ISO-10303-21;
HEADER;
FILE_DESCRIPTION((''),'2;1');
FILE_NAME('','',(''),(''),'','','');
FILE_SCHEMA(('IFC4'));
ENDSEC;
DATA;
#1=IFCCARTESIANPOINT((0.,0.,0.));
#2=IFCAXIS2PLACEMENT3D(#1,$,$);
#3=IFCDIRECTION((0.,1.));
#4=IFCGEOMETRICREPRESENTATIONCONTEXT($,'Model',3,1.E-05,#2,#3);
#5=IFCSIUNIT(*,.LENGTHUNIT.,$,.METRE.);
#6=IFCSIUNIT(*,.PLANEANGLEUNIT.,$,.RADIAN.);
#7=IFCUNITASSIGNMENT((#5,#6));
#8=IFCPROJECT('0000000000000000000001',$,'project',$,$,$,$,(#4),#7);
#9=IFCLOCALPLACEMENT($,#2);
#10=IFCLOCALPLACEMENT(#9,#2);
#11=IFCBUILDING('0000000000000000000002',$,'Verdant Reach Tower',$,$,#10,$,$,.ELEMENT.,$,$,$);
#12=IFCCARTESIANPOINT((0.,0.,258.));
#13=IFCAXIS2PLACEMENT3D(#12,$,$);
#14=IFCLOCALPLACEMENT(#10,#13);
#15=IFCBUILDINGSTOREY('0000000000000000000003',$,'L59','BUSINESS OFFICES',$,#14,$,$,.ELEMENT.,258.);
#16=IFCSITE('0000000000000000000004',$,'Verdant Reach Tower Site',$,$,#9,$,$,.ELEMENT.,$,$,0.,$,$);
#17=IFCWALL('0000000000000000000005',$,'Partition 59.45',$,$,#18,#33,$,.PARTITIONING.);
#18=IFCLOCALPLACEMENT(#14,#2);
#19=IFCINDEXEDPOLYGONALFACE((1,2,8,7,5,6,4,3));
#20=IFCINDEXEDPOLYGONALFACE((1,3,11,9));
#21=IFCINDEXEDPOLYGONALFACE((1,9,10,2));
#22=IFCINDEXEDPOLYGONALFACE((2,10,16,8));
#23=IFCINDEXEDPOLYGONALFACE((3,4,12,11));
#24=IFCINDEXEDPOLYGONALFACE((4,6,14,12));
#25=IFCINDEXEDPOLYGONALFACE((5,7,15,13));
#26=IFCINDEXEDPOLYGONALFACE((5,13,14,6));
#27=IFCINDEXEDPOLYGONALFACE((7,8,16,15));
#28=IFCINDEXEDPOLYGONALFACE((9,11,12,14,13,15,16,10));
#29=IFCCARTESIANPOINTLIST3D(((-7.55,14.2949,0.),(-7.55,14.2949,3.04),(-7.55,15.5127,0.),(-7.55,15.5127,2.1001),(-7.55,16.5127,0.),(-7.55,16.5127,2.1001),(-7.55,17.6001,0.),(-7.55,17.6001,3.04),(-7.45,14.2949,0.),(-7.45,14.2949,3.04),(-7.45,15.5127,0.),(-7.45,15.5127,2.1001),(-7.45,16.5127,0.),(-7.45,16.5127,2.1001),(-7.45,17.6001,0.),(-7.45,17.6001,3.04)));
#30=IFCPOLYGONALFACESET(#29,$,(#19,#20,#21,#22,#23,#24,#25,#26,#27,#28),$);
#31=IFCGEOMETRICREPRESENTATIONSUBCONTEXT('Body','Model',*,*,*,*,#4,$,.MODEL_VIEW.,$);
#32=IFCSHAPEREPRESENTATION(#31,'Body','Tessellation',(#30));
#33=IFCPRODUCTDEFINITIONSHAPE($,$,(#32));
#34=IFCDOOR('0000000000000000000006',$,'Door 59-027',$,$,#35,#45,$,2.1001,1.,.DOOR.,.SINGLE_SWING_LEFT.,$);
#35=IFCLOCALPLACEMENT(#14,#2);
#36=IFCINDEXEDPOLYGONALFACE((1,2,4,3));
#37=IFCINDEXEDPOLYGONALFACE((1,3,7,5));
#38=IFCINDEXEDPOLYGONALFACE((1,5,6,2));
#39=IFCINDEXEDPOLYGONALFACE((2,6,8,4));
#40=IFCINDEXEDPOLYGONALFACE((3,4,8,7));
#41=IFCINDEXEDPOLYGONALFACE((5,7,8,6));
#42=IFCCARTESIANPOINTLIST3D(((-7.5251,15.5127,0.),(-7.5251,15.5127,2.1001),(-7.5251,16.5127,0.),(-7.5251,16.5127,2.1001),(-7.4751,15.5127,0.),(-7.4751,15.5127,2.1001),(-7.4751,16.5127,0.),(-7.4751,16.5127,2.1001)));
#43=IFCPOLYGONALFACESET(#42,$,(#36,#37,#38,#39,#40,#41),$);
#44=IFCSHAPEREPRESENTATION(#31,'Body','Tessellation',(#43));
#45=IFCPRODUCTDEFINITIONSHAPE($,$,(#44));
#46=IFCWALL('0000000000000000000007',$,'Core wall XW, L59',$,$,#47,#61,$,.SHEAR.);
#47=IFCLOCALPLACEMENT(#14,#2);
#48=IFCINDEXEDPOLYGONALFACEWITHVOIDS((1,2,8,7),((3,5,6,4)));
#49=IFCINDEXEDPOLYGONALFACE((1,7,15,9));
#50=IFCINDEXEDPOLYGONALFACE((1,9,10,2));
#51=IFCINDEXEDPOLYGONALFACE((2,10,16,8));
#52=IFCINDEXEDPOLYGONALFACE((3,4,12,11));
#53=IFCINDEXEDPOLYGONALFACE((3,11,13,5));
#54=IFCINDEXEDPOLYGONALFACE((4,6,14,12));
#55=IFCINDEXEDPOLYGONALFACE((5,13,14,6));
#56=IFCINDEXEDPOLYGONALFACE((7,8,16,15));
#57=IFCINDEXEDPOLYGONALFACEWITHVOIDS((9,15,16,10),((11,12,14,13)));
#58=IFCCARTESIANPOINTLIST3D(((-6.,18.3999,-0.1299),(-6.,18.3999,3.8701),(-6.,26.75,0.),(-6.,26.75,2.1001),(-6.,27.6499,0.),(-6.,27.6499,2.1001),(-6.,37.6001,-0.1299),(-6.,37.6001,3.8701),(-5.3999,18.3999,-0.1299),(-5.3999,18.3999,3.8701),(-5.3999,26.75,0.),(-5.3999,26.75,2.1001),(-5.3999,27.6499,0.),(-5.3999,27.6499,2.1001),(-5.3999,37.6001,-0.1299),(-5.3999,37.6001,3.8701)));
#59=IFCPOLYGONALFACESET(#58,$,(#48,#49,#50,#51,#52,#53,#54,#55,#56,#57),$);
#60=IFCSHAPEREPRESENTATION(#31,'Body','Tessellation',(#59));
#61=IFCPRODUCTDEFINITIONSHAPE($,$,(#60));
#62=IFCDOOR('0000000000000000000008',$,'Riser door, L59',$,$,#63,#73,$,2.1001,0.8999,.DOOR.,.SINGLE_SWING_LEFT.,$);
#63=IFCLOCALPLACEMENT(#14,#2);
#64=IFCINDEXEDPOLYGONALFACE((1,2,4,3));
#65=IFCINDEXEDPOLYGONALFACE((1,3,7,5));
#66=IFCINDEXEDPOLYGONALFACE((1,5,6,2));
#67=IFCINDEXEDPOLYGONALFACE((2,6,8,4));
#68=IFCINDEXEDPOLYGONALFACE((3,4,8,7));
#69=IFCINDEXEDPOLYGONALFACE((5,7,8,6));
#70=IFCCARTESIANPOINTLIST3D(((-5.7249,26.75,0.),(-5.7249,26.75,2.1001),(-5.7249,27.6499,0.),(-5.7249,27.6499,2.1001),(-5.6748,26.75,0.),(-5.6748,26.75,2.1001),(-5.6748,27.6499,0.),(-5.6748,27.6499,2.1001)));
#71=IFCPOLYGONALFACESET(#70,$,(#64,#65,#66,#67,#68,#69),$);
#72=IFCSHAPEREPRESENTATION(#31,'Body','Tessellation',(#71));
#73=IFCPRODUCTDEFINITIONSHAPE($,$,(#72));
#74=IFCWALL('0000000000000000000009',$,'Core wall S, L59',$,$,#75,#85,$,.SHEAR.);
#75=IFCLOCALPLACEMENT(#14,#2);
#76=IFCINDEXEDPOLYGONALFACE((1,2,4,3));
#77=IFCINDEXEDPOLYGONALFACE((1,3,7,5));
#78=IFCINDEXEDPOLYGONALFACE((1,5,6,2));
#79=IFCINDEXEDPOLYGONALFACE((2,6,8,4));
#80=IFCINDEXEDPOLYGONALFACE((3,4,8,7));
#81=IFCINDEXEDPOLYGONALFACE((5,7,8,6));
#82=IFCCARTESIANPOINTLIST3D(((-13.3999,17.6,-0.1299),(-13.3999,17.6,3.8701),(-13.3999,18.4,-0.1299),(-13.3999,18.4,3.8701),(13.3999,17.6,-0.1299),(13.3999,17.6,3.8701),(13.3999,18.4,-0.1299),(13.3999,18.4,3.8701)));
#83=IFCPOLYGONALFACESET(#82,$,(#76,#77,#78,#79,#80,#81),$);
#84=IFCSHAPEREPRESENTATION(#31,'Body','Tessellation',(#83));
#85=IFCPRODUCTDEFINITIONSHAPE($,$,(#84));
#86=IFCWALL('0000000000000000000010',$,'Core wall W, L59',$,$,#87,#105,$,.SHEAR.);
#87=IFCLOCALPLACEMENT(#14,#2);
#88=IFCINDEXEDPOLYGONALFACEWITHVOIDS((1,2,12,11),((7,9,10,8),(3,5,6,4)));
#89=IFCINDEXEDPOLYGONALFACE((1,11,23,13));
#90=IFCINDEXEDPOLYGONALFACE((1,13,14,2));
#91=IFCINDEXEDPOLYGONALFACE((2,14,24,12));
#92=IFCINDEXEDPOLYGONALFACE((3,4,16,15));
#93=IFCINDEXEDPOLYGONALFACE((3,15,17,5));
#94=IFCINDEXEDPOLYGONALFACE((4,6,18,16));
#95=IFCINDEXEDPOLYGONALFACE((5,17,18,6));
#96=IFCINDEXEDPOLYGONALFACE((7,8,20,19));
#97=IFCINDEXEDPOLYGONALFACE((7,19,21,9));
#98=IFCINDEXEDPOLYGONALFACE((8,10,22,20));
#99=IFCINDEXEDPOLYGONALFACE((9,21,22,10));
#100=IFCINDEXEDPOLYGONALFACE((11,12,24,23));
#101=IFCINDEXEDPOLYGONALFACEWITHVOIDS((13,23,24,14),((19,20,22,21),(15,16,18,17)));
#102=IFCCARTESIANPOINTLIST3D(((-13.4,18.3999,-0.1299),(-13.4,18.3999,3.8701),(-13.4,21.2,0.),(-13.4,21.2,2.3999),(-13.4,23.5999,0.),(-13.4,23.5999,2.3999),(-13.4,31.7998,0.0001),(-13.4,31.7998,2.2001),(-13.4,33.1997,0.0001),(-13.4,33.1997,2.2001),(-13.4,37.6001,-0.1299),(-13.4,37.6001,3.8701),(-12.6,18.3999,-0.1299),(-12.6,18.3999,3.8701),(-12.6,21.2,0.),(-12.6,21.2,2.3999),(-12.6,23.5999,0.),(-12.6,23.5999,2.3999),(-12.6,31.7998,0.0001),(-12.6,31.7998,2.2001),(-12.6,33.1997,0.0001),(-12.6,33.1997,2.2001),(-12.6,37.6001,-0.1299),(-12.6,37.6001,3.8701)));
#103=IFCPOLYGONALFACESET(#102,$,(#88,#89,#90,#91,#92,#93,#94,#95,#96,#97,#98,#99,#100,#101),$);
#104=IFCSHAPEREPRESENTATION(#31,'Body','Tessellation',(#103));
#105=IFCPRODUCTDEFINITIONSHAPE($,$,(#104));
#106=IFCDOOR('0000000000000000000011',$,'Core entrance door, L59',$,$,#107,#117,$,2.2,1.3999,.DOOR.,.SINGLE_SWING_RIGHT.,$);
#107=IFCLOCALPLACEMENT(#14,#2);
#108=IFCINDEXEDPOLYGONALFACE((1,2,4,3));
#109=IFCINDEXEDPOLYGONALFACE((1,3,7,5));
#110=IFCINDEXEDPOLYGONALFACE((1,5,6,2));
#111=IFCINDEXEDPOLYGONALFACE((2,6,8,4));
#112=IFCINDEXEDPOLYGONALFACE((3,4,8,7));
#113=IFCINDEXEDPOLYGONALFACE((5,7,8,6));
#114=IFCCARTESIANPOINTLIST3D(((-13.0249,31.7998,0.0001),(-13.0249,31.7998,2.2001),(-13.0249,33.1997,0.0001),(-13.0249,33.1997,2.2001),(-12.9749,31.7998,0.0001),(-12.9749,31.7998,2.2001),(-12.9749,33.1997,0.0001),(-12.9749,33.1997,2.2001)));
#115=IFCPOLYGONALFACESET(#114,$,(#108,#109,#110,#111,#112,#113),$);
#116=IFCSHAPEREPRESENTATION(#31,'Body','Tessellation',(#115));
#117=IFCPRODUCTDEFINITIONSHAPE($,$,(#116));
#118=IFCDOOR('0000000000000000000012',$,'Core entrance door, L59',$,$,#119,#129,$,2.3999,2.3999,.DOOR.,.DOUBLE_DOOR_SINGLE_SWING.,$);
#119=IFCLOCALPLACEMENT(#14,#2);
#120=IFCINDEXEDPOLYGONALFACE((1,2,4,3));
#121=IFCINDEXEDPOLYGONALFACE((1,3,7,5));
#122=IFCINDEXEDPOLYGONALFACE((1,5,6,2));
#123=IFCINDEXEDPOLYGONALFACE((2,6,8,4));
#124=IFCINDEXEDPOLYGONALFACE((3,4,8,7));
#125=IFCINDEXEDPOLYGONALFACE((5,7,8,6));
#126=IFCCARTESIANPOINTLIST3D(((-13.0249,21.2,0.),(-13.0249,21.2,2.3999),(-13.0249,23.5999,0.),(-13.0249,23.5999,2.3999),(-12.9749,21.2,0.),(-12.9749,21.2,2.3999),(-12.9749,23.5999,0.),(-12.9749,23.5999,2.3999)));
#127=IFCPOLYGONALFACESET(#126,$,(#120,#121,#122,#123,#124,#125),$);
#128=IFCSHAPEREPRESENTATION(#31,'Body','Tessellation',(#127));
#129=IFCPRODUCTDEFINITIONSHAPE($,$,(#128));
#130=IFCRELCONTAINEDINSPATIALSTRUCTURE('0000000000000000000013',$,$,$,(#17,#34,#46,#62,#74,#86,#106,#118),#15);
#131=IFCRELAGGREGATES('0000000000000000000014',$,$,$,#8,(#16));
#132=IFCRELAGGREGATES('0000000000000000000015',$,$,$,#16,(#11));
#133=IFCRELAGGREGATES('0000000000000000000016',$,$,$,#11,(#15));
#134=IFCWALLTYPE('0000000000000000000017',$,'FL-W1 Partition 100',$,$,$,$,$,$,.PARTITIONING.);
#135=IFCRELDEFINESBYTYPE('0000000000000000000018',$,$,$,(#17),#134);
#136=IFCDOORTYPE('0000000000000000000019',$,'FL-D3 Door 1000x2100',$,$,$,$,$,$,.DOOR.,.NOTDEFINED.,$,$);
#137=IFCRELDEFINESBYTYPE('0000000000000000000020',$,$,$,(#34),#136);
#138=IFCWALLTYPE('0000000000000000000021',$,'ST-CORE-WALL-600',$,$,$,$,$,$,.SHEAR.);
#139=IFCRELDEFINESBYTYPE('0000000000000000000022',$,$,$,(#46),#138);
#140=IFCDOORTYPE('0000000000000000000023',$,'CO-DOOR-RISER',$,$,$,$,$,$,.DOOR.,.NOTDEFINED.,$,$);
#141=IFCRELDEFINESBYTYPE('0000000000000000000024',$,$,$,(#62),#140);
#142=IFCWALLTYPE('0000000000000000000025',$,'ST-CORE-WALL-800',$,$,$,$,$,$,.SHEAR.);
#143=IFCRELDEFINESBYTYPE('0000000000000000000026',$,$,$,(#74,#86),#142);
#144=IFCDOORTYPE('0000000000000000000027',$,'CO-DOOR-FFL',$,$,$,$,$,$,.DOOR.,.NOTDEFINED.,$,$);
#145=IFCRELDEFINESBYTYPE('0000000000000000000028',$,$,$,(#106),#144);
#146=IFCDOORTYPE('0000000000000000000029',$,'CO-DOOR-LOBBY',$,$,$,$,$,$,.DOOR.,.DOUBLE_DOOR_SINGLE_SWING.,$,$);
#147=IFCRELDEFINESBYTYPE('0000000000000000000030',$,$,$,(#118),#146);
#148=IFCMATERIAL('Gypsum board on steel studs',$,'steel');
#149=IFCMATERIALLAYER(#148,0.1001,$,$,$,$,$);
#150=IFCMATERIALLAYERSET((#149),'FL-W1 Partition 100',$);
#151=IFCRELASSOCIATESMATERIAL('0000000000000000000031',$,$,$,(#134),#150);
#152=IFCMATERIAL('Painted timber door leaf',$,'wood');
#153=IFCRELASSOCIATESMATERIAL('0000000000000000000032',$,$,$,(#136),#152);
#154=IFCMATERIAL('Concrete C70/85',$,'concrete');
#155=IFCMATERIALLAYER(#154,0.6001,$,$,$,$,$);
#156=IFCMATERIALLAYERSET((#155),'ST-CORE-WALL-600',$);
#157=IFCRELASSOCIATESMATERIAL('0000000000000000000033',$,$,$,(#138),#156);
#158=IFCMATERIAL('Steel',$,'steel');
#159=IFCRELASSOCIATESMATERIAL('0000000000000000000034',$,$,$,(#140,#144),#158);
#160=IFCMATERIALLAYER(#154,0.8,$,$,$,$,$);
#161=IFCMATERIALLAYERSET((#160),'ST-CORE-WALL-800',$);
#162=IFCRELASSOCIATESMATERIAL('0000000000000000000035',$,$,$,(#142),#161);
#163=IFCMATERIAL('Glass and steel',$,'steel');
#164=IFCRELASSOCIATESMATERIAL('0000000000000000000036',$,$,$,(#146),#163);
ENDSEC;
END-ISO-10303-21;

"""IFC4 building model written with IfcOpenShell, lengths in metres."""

from ifc_helpers import new_model, si_unit, direction, frame, frame_2d, origin, place, context, subcontext, project, spatial, rectangle, extrude, material, layer, layer_set, type_object, element, fill, save


model = new_model("IFC4")

# Units and contexts
model_context = context("Model", 3, precision=1e-05, world=origin(), true_north=direction((0.0, 1.0)))
body_context = subcontext(model_context, "Body", "Model", "MODEL_VIEW")
ifc_project = project(units=[si_unit("LENGTHUNIT", "METRE"), si_unit("PLANEANGLEUNIT", "RADIAN")], contexts=[model_context])

# Site, building, storey
site_placement = place(None, origin())
site = spatial("IfcSite", under=ifc_project, at=site_placement, Name="Verdant Reach Tower Site", CompositionType="ELEMENT", RefElevation=0.0)
building_placement = place(site_placement, origin())
building = spatial("IfcBuilding", under=site, at=building_placement, Name="Verdant Reach Tower", CompositionType="ELEMENT")
storey_placement = place(building_placement, frame((0.0, 0.0, 258.0)))
storey = spatial("IfcBuildingStorey", under=building, at=storey_placement, Name="L59", Description="BUSINESS OFFICES", CompositionType="ELEMENT", Elevation=258.0)

# Shared definitions
ifc_material_1 = material(Name="Gypsum board on steel studs", Category="steel")

# Walls, openings, doors
ifc_layer_1 = layer(ifc_material_1, 0.1001)
ifc_layer_set_1 = layer_set([ifc_layer_1], Name="FL-W1 Partition 100")
wall_type_1 = type_object("IfcWallType", Name="FL-W1 Partition 100", PredefinedType="PARTITIONING", material=ifc_layer_set_1)
wall_1_placement = place(storey_placement, frame((-7.5, 17.6001, 0.0), z_axis=(0.0, 0.0, 1.0), x_axis=(0.0, -1.0, 0.0)))
wall_1 = element("IfcWall", 1, at=wall_1_placement, inside=storey, type_object=wall_type_1, Name="Partition 59.45", PredefinedType="PARTITIONING", context=body_context, shape_type="SweptSolid", body=[
    extrude(rectangle(XDim=3.3052, YDim=0.1001, at=frame_2d((1.6526, 0.0))), origin(), (0.0, 0.0, 1.0), 3.04),
])
opening_1_placement = place(wall_1_placement, frame((1.0874, 0.0, 0.0)))
opening_1 = element("IfcOpeningElement", 2, at=opening_1_placement, cuts=wall_1, PredefinedType="OPENING", context=body_context, shape_type="SweptSolid", body=[
    extrude(rectangle(XDim=1.0, YDim=2.1001, at=frame_2d((0.5, 1.05))), frame((0.0, 0.0601, 0.0), z_axis=(0.0, -1.0, 0.0), x_axis=(1.0, 0.0, 0.0)), (0.0, 0.0, 1.0), 0.1201),
])
ifc_material_2 = material(Name="Painted timber door leaf", Category="wood")
door_type_1 = type_object("IfcDoorType", Name="FL-D3 Door 1000x2100", OperationType="NOTDEFINED", PredefinedType="DOOR", material=ifc_material_2)
door_1_placement = place(opening_1_placement, origin())
door_1 = element("IfcDoor", 3, at=door_1_placement, inside=storey, type_object=door_type_1, Name="Door 59-027", OperationType="SINGLE_SWING_LEFT", OverallHeight=2.1001, OverallWidth=1.0, PredefinedType="DOOR", context=body_context, shape_type="SweptSolid", body=[
    extrude(rectangle(XDim=1.0, YDim=2.1001, at=frame_2d((0.5, 1.05))), frame((0.0, 0.0249, 0.0), z_axis=(0.0, -1.0, 0.0), x_axis=(1.0, 0.0, 0.0)), (0.0, 0.0, 1.0), 0.05),
])
fill(opening_1, door_1)
ifc_material_3 = material(Name="Concrete C70/85", Category="concrete")
ifc_layer_2 = layer(ifc_material_3, 0.6001)
ifc_layer_set_2 = layer_set([ifc_layer_2], Name="ST-CORE-WALL-600")
wall_type_2 = type_object("IfcWallType", Name="ST-CORE-WALL-600", PredefinedType="SHEAR", material=ifc_layer_set_2)
wall_2_placement = place(storey_placement, frame((-5.7, 18.3999, -0.1299), z_axis=(0.0, 0.0, 1.0), x_axis=(0.0, 1.0, 0.0)))
wall_2 = element("IfcWall", 4, at=wall_2_placement, inside=storey, type_object=wall_type_2, Name="Core wall XW, L59", PredefinedType="SHEAR", context=body_context, shape_type="SweptSolid", body=[
    extrude(rectangle(XDim=19.2002, YDim=0.6001, at=frame_2d((9.6001, 0.0))), origin(), (0.0, 0.0, 1.0), 4.0),
])
opening_2_placement = place(wall_2_placement, frame((8.3501, 0.0, 0.1299)))
opening_2 = element("IfcOpeningElement", 5, at=opening_2_placement, cuts=wall_2, PredefinedType="OPENING", context=body_context, shape_type="SweptSolid", body=[
    extrude(rectangle(XDim=0.8999, YDim=2.1001, at=frame_2d((0.45, 1.05))), frame((0.0, 0.3101, 0.0), z_axis=(0.0, -1.0, 0.0), x_axis=(1.0, 0.0, 0.0)), (0.0, 0.0, 1.0), 0.6201),
])
ifc_material_4 = material(Name="Steel", Category="steel")
door_type_2 = type_object("IfcDoorType", Name="CO-DOOR-RISER", OperationType="NOTDEFINED", PredefinedType="DOOR", material=ifc_material_4)
door_2_placement = place(opening_2_placement, origin())
door_2 = element("IfcDoor", 6, at=door_2_placement, inside=storey, type_object=door_type_2, Name="Riser door, L59", OperationType="SINGLE_SWING_LEFT", OverallHeight=2.1001, OverallWidth=0.8999, PredefinedType="DOOR", context=body_context, shape_type="SweptSolid", body=[
    extrude(rectangle(XDim=0.8999, YDim=2.1001, at=frame_2d((0.45, 1.05))), frame((0.0, 0.0249, 0.0), z_axis=(0.0, -1.0, 0.0), x_axis=(1.0, 0.0, 0.0)), (0.0, 0.0, 1.0), 0.05),
])
fill(opening_2, door_2)

# Wall
ifc_layer_3 = layer(ifc_material_3, 0.8)
ifc_layer_set_3 = layer_set([ifc_layer_3], Name="ST-CORE-WALL-800")
wall_type_3 = type_object("IfcWallType", Name="ST-CORE-WALL-800", PredefinedType="SHEAR", material=ifc_layer_set_3)
wall_3_placement = place(storey_placement, frame((-13.3999, 18.0, -0.1299), z_axis=(0.0, 0.0, 1.0), x_axis=(1.0, 0.0, 0.0)))
element("IfcWall", 7, at=wall_3_placement, inside=storey, type_object=wall_type_3, Name="Core wall S, L59", PredefinedType="SHEAR", context=body_context, shape_type="SweptSolid", body=[
    extrude(rectangle(XDim=26.7998, YDim=0.8, at=frame_2d((13.3999, 0.0))), origin(), (0.0, 0.0, 1.0), 4.0),
])

# Wall, openings, doors
wall_4_placement = place(storey_placement, frame((-13.0, 18.3999, -0.1299), z_axis=(0.0, 0.0, 1.0), x_axis=(0.0, 1.0, 0.0)))
wall_4 = element("IfcWall", 8, at=wall_4_placement, inside=storey, type_object=wall_type_3, Name="Core wall W, L59", PredefinedType="SHEAR", context=body_context, shape_type="SweptSolid", body=[
    extrude(rectangle(XDim=19.2002, YDim=0.8, at=frame_2d((9.6001, 0.0))), origin(), (0.0, 0.0, 1.0), 4.0),
])
opening_3_placement = place(wall_4_placement, frame((2.8, 0.0, 0.1299)))
opening_3 = element("IfcOpeningElement", 9, at=opening_3_placement, cuts=wall_4, PredefinedType="OPENING", context=body_context, shape_type="SweptSolid", body=[
    extrude(rectangle(XDim=2.3999, YDim=2.3999, at=frame_2d((1.2, 1.2))), frame((0.0, 0.4099, 0.0), z_axis=(0.0, -1.0, 0.0), x_axis=(1.0, 0.0, 0.0)), (0.0, 0.0, 1.0), 0.8201),
])
opening_4_placement = place(wall_4_placement, frame((13.3999, 0.0, 0.1299)))
opening_4 = element("IfcOpeningElement", 10, at=opening_4_placement, cuts=wall_4, PredefinedType="OPENING", context=body_context, shape_type="SweptSolid", body=[
    extrude(rectangle(XDim=1.3999, YDim=2.2, at=frame_2d((0.7, 1.1001))), frame((0.0, 0.4099, 0.0), z_axis=(0.0, -1.0, 0.0), x_axis=(1.0, 0.0, 0.0)), (0.0, 0.0, 1.0), 0.8201),
])
door_type_3 = type_object("IfcDoorType", Name="CO-DOOR-FFL", OperationType="NOTDEFINED", PredefinedType="DOOR", material=ifc_material_4)
door_3_placement = place(opening_4_placement, origin())
door_3 = element("IfcDoor", 11, at=door_3_placement, inside=storey, type_object=door_type_3, Name="Core entrance door, L59", OperationType="SINGLE_SWING_RIGHT", OverallHeight=2.2, OverallWidth=1.3999, PredefinedType="DOOR", context=body_context, shape_type="SweptSolid", body=[
    extrude(rectangle(XDim=1.3999, YDim=2.2, at=frame_2d((0.7, 1.1001))), frame((0.0, 0.0249, 0.0), z_axis=(0.0, -1.0, 0.0), x_axis=(1.0, 0.0, 0.0)), (0.0, 0.0, 1.0), 0.05),
])
fill(opening_4, door_3)
ifc_material_5 = material(Name="Glass and steel", Category="steel")
door_type_4 = type_object("IfcDoorType", Name="CO-DOOR-LOBBY", OperationType="DOUBLE_DOOR_SINGLE_SWING", PredefinedType="DOOR", material=ifc_material_5)
door_4_placement = place(opening_3_placement, origin())
door_4 = element("IfcDoor", 12, at=door_4_placement, inside=storey, type_object=door_type_4, Name="Core entrance door, L59", OperationType="DOUBLE_DOOR_SINGLE_SWING", OverallHeight=2.3999, OverallWidth=2.3999, PredefinedType="DOOR", context=body_context, shape_type="SweptSolid", body=[
    extrude(rectangle(XDim=2.3999, YDim=2.3999, at=frame_2d((1.2, 1.2))), frame((0.0, 0.0249, 0.0), z_axis=(0.0, -1.0, 0.0), x_axis=(1.0, 0.0, 0.0)), (0.0, 0.0, 1.0), 0.05),
])
fill(opening_3, door_4)

save(model, "model.ifc")
